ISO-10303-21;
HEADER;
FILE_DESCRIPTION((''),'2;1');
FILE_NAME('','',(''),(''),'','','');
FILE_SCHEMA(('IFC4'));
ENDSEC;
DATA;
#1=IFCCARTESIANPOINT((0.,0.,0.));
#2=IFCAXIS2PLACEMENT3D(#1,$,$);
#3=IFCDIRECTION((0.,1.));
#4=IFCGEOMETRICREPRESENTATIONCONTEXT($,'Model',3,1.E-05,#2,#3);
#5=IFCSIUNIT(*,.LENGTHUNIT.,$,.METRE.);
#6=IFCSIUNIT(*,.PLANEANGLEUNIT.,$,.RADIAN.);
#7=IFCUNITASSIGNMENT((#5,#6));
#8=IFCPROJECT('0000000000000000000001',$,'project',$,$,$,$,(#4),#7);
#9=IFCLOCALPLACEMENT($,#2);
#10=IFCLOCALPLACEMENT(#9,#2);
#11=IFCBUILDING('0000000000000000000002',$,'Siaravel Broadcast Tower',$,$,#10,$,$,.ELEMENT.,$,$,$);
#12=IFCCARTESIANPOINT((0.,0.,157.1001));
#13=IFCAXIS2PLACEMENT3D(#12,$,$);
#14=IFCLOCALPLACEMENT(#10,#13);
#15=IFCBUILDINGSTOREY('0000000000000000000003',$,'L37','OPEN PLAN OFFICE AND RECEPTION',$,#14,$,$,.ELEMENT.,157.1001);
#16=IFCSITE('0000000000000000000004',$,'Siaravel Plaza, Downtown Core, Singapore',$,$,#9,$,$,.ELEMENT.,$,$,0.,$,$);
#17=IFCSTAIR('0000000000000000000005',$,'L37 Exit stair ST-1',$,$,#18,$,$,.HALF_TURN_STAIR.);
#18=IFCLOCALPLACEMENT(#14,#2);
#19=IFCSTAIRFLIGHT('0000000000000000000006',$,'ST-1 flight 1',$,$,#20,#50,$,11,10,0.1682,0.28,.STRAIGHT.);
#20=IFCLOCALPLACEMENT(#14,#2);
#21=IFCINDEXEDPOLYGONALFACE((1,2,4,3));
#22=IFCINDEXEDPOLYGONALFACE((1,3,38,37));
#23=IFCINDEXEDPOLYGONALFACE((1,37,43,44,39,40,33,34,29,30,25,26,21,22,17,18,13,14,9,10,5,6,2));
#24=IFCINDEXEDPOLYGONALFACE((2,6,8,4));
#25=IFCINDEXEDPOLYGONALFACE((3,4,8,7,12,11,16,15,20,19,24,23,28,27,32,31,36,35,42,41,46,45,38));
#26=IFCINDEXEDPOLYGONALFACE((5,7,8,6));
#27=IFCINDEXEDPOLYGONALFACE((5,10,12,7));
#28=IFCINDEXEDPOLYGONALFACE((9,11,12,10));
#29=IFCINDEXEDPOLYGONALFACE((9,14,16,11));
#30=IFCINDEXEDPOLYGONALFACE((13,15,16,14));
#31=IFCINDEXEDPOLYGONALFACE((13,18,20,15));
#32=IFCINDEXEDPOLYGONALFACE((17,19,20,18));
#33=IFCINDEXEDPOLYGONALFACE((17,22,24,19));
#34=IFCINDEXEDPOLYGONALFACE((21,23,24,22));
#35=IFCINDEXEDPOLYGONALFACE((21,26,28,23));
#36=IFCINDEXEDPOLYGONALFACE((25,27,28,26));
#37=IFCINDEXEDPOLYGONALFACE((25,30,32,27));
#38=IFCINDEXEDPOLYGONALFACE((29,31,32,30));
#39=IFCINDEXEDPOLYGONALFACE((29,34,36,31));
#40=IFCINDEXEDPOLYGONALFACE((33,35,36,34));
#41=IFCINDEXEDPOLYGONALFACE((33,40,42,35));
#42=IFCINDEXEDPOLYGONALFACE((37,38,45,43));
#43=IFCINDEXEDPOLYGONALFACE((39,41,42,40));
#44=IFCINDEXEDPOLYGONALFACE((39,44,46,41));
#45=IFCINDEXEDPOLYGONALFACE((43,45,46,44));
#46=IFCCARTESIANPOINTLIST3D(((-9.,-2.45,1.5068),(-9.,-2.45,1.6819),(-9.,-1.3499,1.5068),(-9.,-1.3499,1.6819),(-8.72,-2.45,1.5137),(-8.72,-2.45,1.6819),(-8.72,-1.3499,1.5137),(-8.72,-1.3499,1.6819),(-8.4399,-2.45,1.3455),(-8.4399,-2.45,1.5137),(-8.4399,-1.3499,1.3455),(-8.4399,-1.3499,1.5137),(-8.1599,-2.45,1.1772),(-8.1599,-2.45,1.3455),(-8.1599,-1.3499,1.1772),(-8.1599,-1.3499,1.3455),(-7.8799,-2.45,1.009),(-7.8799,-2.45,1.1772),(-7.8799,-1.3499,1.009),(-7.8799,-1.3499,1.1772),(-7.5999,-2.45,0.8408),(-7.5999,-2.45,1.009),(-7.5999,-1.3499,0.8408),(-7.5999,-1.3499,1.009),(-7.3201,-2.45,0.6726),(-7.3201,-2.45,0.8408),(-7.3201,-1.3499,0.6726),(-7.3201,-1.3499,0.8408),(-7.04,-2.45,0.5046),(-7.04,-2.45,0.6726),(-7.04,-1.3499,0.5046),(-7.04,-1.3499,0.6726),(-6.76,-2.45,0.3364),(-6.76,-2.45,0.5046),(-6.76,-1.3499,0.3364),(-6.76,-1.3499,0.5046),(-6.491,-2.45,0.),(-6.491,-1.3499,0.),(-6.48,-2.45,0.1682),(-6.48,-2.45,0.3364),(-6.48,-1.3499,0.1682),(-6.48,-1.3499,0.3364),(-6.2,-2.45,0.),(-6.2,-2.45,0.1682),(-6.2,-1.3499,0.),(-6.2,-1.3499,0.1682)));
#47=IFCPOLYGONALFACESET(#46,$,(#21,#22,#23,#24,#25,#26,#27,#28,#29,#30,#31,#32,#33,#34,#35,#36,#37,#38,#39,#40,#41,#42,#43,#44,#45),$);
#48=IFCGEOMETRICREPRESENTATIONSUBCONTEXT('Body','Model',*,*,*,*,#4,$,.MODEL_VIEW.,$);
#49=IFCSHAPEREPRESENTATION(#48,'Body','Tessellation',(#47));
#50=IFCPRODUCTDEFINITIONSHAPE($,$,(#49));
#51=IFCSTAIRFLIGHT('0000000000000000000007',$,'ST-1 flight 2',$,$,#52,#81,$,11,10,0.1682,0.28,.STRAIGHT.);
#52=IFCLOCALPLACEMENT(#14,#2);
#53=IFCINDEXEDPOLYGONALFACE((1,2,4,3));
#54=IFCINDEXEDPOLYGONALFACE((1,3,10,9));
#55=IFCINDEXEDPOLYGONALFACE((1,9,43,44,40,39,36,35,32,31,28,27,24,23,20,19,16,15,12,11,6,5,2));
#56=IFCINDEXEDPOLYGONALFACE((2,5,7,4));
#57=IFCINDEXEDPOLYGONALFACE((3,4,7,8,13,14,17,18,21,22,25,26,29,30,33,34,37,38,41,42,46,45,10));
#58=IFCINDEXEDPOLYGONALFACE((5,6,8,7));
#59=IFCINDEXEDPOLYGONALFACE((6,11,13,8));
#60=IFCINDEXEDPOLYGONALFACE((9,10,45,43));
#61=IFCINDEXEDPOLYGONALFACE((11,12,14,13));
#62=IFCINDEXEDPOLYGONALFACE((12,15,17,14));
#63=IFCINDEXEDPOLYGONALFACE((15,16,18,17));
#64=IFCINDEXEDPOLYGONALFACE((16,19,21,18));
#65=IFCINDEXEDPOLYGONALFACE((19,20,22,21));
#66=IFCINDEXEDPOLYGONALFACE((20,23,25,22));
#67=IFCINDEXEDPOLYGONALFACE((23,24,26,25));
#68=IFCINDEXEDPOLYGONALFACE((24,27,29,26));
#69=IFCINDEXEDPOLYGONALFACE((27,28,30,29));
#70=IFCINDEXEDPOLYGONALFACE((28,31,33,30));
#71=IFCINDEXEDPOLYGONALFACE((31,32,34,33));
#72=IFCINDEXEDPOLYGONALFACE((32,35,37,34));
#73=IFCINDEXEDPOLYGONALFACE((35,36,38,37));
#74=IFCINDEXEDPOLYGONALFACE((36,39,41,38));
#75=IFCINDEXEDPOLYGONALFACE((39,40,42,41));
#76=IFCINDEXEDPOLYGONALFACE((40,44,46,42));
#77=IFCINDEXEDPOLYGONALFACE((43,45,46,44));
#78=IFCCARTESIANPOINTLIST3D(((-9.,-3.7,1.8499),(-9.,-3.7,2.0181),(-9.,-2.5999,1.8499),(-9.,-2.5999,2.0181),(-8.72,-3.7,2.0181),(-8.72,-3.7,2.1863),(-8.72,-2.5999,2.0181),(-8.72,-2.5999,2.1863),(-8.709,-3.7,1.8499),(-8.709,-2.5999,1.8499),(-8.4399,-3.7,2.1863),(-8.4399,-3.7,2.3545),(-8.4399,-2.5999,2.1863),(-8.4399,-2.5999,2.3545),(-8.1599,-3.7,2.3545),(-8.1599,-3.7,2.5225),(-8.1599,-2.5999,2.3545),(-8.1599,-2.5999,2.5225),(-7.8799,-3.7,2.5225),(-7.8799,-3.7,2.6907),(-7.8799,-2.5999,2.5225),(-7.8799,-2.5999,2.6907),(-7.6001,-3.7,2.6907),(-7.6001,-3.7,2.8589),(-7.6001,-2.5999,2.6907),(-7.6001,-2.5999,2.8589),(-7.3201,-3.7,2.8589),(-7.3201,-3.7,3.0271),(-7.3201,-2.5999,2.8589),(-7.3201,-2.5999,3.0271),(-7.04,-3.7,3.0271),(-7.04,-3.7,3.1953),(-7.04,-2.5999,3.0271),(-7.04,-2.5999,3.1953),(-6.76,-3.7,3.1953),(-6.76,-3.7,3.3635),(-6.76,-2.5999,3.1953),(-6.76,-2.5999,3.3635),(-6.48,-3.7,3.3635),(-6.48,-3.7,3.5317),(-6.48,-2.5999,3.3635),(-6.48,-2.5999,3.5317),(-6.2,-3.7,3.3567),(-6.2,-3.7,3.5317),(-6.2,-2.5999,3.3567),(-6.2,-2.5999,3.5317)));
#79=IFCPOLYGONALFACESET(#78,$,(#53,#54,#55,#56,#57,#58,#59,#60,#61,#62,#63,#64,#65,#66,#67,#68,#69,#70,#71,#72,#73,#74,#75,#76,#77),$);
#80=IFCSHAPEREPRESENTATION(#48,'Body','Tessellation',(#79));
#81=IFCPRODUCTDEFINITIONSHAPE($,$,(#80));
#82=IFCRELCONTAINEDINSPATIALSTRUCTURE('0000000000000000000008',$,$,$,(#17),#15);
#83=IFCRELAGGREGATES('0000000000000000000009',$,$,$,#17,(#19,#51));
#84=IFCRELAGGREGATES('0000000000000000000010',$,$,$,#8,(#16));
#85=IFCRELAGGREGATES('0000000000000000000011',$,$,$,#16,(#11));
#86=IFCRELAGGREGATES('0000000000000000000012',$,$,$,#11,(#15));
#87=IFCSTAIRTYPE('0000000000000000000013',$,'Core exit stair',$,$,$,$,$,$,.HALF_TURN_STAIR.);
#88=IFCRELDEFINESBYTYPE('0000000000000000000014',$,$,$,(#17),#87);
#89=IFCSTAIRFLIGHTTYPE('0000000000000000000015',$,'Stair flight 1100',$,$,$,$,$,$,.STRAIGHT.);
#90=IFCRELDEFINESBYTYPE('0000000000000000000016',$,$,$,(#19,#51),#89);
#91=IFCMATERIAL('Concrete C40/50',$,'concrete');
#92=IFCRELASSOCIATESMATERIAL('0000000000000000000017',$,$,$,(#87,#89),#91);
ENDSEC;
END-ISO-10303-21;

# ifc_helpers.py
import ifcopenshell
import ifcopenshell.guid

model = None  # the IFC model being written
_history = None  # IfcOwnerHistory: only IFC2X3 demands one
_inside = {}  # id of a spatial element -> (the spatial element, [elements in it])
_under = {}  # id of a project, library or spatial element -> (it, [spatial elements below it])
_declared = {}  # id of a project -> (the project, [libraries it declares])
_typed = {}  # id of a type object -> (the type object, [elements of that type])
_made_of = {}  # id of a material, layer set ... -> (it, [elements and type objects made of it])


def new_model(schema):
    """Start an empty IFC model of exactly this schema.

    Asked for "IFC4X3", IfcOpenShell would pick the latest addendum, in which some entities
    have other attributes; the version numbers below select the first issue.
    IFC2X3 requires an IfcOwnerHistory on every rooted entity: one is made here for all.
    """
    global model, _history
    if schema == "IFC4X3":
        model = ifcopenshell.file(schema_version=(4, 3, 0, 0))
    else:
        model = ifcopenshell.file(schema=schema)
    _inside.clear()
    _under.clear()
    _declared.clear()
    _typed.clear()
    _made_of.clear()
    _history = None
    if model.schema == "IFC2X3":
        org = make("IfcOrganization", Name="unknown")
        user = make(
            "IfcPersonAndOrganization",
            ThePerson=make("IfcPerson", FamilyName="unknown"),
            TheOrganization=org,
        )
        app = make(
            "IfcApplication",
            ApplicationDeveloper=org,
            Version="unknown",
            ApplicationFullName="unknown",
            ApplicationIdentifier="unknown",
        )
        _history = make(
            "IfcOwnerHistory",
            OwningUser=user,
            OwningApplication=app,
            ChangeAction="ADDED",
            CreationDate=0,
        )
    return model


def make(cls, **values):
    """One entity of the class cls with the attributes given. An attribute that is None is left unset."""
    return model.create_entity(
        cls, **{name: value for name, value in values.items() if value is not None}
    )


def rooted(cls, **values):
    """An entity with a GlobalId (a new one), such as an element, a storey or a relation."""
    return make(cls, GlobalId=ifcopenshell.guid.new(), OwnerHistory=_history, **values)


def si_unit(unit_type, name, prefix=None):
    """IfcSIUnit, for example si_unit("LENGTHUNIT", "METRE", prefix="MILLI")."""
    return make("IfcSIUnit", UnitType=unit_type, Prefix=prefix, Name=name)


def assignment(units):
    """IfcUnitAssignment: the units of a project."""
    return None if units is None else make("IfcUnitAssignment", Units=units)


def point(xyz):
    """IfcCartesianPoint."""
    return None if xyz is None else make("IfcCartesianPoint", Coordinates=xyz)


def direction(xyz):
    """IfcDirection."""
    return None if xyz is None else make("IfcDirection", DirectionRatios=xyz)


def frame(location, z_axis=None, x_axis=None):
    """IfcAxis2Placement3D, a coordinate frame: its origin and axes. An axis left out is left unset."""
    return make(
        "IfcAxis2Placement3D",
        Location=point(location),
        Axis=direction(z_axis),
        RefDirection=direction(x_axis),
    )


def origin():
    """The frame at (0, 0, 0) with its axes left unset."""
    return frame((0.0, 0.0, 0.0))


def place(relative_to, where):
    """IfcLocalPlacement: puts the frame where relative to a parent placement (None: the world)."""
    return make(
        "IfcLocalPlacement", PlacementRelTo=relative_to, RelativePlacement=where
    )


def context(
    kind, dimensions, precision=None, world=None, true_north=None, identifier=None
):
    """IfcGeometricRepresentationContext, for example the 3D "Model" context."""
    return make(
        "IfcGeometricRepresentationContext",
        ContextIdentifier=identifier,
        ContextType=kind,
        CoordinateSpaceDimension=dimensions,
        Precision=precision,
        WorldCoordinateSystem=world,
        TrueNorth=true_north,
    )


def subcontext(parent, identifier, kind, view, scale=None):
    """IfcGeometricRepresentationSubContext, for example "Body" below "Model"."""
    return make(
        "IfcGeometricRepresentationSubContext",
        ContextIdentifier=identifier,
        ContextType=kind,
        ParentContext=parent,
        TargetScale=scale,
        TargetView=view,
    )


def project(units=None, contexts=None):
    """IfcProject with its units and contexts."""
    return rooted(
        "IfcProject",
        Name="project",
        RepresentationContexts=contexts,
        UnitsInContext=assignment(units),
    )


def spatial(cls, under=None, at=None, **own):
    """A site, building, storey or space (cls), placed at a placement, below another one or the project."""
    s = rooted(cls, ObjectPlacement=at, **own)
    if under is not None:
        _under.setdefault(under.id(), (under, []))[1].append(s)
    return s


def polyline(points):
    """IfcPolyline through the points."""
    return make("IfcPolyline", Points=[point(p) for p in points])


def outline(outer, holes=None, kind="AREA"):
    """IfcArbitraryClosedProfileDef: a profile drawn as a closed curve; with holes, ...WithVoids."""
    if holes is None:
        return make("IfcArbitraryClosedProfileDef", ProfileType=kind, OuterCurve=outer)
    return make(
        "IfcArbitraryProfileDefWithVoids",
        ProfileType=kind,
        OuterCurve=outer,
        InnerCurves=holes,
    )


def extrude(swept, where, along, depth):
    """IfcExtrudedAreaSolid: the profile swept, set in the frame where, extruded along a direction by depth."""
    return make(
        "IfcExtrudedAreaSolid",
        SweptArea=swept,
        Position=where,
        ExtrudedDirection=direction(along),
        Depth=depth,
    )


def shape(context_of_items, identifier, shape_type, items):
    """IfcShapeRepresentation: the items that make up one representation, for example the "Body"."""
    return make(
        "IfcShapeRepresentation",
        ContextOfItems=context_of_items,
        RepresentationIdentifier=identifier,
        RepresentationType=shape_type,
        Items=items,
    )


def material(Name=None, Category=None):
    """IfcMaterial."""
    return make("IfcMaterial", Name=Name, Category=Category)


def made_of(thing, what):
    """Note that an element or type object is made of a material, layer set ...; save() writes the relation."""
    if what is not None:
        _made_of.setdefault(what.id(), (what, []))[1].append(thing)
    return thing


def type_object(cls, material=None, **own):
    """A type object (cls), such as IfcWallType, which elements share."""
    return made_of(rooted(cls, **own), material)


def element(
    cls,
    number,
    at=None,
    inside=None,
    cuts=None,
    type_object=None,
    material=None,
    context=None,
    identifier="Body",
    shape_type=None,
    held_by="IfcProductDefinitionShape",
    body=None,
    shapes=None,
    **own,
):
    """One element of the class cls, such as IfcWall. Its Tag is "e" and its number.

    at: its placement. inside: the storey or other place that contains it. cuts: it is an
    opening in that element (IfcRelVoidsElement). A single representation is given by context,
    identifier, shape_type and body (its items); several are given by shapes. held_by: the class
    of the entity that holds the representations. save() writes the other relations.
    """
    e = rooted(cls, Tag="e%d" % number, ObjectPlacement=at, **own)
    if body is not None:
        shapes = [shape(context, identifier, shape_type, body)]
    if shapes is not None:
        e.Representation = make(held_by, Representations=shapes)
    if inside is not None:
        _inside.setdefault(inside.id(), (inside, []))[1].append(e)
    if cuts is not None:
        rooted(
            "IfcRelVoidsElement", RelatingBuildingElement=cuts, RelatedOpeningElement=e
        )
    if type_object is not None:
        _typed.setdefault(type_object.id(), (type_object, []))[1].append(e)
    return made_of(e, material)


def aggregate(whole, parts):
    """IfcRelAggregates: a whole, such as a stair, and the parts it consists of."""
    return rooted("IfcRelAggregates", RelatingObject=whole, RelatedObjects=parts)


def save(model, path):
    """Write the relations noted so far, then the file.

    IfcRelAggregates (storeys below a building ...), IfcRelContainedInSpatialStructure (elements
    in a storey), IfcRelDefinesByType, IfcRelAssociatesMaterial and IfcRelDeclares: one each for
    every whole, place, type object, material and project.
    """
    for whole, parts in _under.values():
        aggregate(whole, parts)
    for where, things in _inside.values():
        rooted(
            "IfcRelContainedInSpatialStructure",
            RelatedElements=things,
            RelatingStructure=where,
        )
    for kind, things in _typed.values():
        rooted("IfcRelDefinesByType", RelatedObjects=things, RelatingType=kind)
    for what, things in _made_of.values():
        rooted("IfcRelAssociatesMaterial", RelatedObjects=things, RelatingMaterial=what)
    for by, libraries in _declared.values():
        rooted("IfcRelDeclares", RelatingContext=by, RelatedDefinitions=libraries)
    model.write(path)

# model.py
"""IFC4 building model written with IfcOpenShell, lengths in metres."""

from ifc_helpers import new_model, si_unit, direction, frame, origin, place, context, subcontext, project, spatial, polyline, outline, extrude, material, type_object, element, aggregate, save


model = new_model("IFC4")

# Units and contexts
model_context = context("Model", 3, precision=1e-05, world=origin(), true_north=direction((0.0, 1.0)))
body_context = subcontext(model_context, "Body", "Model", "MODEL_VIEW")
ifc_project = project(units=[si_unit("LENGTHUNIT", "METRE"), si_unit("PLANEANGLEUNIT", "RADIAN")], contexts=[model_context])

# Site, building, storey
site_placement = place(None, origin())
site = spatial("IfcSite", under=ifc_project, at=site_placement, Name="Siaravel Plaza, Downtown Core, Singapore", CompositionType="ELEMENT", RefElevation=0.0)
building_placement = place(site_placement, origin())
building = spatial("IfcBuilding", under=site, at=building_placement, Name="Siaravel Broadcast Tower", CompositionType="ELEMENT")
storey_placement = place(building_placement, frame((0.0, 0.0, 157.1001)))
storey = spatial("IfcBuildingStorey", under=building, at=storey_placement, Name="L37", Description="OPEN PLAN OFFICE AND RECEPTION", CompositionType="ELEMENT", Elevation=157.1001)

# Stair, stair flights
ifc_material_1 = material(Name="Concrete C40/50", Category="concrete")
stair_type = type_object("IfcStairType", Name="Core exit stair", PredefinedType="HALF_TURN_STAIR", material=ifc_material_1)
stair_placement = place(storey_placement, origin())
stair = element("IfcStair", 1, at=stair_placement, inside=storey, type_object=stair_type, Name="L37 Exit stair ST-1", PredefinedType="HALF_TURN_STAIR")
stair_flight_type = type_object("IfcStairFlightType", Name="Stair flight 1100", PredefinedType="STRAIGHT", material=ifc_material_1)
stair_flight_1_placement = place(storey_placement, frame((-6.2, -1.8999, 0.0), z_axis=(0.0, 0.0, 1.0), x_axis=(-1.0, 0.0, 0.0)))
stair_flight_1 = element("IfcStairFlight", 2, at=stair_flight_1_placement, type_object=stair_flight_type, Name="ST-1 flight 1", NumberOfRisers=11, NumberOfTreads=10, PredefinedType="STRAIGHT", RiserHeight=0.1682, TreadLength=0.28, context=body_context, shape_type="SweptSolid", body=[
    extrude(outline(polyline([(0.0, 0.0), (0.0, 0.1682), (0.28, 0.1682), (0.28, 0.3364), (0.5601, 0.3364), (0.5601, 0.5046), (0.8401, 0.5046), (0.8401, 0.6726), (1.1201, 0.6726), (1.1201, 0.8408), (1.3999, 0.8408), (1.3999, 1.009), (1.6799, 1.009), (1.6799, 1.1772), (1.96, 1.1772), (1.96, 1.3455), (2.24, 1.3455), (2.24, 1.5137), (2.52, 1.5137), (2.52, 1.6819), (2.8, 1.6819), (2.8, 1.8501), (2.8, 1.5068), (0.291, 0.0), (0.0, 0.0)])), frame((0.0, 0.55, 0.0), z_axis=(0.0, -1.0, 0.0), x_axis=(1.0, 0.0, 0.0)), (0.0, 0.0, 1.0), 1.1001),
])
stair_flight_2_placement = place(storey_placement, frame((-9.0, -3.1499, 1.8499), z_axis=(0.0, 0.0, 1.0), x_axis=(1.0, 0.0, 0.0)))
stair_flight_2 = element("IfcStairFlight", 3, at=stair_flight_2_placement, type_object=stair_flight_type, Name="ST-1 flight 2", NumberOfRisers=11, NumberOfTreads=10, PredefinedType="STRAIGHT", RiserHeight=0.1682, TreadLength=0.28, context=body_context, shape_type="SweptSolid", body=[
    extrude(outline(polyline([(0.0, 0.0), (0.0, 0.1682), (0.28, 0.1682), (0.28, 0.3364), (0.5601, 0.3364), (0.5601, 0.5046), (0.8401, 0.5046), (0.8401, 0.6726), (1.1201, 0.6726), (1.1201, 0.8408), (1.3999, 0.8408), (1.3999, 1.009), (1.6799, 1.009), (1.6799, 1.1772), (1.96, 1.1772), (1.96, 1.3455), (2.24, 1.3455), (2.24, 1.5137), (2.52, 1.5137), (2.52, 1.6819), (2.8, 1.6819), (2.8, 1.8501), (2.8, 1.5068), (0.291, 0.0), (0.0, 0.0)])), frame((0.0, 0.55, 0.0), z_axis=(0.0, -1.0, 0.0), x_axis=(1.0, 0.0, 0.0)), (0.0, 0.0, 1.0), 1.1001),
])
aggregate(stair, [stair_flight_1, stair_flight_2])

save(model, "model.ifc")
